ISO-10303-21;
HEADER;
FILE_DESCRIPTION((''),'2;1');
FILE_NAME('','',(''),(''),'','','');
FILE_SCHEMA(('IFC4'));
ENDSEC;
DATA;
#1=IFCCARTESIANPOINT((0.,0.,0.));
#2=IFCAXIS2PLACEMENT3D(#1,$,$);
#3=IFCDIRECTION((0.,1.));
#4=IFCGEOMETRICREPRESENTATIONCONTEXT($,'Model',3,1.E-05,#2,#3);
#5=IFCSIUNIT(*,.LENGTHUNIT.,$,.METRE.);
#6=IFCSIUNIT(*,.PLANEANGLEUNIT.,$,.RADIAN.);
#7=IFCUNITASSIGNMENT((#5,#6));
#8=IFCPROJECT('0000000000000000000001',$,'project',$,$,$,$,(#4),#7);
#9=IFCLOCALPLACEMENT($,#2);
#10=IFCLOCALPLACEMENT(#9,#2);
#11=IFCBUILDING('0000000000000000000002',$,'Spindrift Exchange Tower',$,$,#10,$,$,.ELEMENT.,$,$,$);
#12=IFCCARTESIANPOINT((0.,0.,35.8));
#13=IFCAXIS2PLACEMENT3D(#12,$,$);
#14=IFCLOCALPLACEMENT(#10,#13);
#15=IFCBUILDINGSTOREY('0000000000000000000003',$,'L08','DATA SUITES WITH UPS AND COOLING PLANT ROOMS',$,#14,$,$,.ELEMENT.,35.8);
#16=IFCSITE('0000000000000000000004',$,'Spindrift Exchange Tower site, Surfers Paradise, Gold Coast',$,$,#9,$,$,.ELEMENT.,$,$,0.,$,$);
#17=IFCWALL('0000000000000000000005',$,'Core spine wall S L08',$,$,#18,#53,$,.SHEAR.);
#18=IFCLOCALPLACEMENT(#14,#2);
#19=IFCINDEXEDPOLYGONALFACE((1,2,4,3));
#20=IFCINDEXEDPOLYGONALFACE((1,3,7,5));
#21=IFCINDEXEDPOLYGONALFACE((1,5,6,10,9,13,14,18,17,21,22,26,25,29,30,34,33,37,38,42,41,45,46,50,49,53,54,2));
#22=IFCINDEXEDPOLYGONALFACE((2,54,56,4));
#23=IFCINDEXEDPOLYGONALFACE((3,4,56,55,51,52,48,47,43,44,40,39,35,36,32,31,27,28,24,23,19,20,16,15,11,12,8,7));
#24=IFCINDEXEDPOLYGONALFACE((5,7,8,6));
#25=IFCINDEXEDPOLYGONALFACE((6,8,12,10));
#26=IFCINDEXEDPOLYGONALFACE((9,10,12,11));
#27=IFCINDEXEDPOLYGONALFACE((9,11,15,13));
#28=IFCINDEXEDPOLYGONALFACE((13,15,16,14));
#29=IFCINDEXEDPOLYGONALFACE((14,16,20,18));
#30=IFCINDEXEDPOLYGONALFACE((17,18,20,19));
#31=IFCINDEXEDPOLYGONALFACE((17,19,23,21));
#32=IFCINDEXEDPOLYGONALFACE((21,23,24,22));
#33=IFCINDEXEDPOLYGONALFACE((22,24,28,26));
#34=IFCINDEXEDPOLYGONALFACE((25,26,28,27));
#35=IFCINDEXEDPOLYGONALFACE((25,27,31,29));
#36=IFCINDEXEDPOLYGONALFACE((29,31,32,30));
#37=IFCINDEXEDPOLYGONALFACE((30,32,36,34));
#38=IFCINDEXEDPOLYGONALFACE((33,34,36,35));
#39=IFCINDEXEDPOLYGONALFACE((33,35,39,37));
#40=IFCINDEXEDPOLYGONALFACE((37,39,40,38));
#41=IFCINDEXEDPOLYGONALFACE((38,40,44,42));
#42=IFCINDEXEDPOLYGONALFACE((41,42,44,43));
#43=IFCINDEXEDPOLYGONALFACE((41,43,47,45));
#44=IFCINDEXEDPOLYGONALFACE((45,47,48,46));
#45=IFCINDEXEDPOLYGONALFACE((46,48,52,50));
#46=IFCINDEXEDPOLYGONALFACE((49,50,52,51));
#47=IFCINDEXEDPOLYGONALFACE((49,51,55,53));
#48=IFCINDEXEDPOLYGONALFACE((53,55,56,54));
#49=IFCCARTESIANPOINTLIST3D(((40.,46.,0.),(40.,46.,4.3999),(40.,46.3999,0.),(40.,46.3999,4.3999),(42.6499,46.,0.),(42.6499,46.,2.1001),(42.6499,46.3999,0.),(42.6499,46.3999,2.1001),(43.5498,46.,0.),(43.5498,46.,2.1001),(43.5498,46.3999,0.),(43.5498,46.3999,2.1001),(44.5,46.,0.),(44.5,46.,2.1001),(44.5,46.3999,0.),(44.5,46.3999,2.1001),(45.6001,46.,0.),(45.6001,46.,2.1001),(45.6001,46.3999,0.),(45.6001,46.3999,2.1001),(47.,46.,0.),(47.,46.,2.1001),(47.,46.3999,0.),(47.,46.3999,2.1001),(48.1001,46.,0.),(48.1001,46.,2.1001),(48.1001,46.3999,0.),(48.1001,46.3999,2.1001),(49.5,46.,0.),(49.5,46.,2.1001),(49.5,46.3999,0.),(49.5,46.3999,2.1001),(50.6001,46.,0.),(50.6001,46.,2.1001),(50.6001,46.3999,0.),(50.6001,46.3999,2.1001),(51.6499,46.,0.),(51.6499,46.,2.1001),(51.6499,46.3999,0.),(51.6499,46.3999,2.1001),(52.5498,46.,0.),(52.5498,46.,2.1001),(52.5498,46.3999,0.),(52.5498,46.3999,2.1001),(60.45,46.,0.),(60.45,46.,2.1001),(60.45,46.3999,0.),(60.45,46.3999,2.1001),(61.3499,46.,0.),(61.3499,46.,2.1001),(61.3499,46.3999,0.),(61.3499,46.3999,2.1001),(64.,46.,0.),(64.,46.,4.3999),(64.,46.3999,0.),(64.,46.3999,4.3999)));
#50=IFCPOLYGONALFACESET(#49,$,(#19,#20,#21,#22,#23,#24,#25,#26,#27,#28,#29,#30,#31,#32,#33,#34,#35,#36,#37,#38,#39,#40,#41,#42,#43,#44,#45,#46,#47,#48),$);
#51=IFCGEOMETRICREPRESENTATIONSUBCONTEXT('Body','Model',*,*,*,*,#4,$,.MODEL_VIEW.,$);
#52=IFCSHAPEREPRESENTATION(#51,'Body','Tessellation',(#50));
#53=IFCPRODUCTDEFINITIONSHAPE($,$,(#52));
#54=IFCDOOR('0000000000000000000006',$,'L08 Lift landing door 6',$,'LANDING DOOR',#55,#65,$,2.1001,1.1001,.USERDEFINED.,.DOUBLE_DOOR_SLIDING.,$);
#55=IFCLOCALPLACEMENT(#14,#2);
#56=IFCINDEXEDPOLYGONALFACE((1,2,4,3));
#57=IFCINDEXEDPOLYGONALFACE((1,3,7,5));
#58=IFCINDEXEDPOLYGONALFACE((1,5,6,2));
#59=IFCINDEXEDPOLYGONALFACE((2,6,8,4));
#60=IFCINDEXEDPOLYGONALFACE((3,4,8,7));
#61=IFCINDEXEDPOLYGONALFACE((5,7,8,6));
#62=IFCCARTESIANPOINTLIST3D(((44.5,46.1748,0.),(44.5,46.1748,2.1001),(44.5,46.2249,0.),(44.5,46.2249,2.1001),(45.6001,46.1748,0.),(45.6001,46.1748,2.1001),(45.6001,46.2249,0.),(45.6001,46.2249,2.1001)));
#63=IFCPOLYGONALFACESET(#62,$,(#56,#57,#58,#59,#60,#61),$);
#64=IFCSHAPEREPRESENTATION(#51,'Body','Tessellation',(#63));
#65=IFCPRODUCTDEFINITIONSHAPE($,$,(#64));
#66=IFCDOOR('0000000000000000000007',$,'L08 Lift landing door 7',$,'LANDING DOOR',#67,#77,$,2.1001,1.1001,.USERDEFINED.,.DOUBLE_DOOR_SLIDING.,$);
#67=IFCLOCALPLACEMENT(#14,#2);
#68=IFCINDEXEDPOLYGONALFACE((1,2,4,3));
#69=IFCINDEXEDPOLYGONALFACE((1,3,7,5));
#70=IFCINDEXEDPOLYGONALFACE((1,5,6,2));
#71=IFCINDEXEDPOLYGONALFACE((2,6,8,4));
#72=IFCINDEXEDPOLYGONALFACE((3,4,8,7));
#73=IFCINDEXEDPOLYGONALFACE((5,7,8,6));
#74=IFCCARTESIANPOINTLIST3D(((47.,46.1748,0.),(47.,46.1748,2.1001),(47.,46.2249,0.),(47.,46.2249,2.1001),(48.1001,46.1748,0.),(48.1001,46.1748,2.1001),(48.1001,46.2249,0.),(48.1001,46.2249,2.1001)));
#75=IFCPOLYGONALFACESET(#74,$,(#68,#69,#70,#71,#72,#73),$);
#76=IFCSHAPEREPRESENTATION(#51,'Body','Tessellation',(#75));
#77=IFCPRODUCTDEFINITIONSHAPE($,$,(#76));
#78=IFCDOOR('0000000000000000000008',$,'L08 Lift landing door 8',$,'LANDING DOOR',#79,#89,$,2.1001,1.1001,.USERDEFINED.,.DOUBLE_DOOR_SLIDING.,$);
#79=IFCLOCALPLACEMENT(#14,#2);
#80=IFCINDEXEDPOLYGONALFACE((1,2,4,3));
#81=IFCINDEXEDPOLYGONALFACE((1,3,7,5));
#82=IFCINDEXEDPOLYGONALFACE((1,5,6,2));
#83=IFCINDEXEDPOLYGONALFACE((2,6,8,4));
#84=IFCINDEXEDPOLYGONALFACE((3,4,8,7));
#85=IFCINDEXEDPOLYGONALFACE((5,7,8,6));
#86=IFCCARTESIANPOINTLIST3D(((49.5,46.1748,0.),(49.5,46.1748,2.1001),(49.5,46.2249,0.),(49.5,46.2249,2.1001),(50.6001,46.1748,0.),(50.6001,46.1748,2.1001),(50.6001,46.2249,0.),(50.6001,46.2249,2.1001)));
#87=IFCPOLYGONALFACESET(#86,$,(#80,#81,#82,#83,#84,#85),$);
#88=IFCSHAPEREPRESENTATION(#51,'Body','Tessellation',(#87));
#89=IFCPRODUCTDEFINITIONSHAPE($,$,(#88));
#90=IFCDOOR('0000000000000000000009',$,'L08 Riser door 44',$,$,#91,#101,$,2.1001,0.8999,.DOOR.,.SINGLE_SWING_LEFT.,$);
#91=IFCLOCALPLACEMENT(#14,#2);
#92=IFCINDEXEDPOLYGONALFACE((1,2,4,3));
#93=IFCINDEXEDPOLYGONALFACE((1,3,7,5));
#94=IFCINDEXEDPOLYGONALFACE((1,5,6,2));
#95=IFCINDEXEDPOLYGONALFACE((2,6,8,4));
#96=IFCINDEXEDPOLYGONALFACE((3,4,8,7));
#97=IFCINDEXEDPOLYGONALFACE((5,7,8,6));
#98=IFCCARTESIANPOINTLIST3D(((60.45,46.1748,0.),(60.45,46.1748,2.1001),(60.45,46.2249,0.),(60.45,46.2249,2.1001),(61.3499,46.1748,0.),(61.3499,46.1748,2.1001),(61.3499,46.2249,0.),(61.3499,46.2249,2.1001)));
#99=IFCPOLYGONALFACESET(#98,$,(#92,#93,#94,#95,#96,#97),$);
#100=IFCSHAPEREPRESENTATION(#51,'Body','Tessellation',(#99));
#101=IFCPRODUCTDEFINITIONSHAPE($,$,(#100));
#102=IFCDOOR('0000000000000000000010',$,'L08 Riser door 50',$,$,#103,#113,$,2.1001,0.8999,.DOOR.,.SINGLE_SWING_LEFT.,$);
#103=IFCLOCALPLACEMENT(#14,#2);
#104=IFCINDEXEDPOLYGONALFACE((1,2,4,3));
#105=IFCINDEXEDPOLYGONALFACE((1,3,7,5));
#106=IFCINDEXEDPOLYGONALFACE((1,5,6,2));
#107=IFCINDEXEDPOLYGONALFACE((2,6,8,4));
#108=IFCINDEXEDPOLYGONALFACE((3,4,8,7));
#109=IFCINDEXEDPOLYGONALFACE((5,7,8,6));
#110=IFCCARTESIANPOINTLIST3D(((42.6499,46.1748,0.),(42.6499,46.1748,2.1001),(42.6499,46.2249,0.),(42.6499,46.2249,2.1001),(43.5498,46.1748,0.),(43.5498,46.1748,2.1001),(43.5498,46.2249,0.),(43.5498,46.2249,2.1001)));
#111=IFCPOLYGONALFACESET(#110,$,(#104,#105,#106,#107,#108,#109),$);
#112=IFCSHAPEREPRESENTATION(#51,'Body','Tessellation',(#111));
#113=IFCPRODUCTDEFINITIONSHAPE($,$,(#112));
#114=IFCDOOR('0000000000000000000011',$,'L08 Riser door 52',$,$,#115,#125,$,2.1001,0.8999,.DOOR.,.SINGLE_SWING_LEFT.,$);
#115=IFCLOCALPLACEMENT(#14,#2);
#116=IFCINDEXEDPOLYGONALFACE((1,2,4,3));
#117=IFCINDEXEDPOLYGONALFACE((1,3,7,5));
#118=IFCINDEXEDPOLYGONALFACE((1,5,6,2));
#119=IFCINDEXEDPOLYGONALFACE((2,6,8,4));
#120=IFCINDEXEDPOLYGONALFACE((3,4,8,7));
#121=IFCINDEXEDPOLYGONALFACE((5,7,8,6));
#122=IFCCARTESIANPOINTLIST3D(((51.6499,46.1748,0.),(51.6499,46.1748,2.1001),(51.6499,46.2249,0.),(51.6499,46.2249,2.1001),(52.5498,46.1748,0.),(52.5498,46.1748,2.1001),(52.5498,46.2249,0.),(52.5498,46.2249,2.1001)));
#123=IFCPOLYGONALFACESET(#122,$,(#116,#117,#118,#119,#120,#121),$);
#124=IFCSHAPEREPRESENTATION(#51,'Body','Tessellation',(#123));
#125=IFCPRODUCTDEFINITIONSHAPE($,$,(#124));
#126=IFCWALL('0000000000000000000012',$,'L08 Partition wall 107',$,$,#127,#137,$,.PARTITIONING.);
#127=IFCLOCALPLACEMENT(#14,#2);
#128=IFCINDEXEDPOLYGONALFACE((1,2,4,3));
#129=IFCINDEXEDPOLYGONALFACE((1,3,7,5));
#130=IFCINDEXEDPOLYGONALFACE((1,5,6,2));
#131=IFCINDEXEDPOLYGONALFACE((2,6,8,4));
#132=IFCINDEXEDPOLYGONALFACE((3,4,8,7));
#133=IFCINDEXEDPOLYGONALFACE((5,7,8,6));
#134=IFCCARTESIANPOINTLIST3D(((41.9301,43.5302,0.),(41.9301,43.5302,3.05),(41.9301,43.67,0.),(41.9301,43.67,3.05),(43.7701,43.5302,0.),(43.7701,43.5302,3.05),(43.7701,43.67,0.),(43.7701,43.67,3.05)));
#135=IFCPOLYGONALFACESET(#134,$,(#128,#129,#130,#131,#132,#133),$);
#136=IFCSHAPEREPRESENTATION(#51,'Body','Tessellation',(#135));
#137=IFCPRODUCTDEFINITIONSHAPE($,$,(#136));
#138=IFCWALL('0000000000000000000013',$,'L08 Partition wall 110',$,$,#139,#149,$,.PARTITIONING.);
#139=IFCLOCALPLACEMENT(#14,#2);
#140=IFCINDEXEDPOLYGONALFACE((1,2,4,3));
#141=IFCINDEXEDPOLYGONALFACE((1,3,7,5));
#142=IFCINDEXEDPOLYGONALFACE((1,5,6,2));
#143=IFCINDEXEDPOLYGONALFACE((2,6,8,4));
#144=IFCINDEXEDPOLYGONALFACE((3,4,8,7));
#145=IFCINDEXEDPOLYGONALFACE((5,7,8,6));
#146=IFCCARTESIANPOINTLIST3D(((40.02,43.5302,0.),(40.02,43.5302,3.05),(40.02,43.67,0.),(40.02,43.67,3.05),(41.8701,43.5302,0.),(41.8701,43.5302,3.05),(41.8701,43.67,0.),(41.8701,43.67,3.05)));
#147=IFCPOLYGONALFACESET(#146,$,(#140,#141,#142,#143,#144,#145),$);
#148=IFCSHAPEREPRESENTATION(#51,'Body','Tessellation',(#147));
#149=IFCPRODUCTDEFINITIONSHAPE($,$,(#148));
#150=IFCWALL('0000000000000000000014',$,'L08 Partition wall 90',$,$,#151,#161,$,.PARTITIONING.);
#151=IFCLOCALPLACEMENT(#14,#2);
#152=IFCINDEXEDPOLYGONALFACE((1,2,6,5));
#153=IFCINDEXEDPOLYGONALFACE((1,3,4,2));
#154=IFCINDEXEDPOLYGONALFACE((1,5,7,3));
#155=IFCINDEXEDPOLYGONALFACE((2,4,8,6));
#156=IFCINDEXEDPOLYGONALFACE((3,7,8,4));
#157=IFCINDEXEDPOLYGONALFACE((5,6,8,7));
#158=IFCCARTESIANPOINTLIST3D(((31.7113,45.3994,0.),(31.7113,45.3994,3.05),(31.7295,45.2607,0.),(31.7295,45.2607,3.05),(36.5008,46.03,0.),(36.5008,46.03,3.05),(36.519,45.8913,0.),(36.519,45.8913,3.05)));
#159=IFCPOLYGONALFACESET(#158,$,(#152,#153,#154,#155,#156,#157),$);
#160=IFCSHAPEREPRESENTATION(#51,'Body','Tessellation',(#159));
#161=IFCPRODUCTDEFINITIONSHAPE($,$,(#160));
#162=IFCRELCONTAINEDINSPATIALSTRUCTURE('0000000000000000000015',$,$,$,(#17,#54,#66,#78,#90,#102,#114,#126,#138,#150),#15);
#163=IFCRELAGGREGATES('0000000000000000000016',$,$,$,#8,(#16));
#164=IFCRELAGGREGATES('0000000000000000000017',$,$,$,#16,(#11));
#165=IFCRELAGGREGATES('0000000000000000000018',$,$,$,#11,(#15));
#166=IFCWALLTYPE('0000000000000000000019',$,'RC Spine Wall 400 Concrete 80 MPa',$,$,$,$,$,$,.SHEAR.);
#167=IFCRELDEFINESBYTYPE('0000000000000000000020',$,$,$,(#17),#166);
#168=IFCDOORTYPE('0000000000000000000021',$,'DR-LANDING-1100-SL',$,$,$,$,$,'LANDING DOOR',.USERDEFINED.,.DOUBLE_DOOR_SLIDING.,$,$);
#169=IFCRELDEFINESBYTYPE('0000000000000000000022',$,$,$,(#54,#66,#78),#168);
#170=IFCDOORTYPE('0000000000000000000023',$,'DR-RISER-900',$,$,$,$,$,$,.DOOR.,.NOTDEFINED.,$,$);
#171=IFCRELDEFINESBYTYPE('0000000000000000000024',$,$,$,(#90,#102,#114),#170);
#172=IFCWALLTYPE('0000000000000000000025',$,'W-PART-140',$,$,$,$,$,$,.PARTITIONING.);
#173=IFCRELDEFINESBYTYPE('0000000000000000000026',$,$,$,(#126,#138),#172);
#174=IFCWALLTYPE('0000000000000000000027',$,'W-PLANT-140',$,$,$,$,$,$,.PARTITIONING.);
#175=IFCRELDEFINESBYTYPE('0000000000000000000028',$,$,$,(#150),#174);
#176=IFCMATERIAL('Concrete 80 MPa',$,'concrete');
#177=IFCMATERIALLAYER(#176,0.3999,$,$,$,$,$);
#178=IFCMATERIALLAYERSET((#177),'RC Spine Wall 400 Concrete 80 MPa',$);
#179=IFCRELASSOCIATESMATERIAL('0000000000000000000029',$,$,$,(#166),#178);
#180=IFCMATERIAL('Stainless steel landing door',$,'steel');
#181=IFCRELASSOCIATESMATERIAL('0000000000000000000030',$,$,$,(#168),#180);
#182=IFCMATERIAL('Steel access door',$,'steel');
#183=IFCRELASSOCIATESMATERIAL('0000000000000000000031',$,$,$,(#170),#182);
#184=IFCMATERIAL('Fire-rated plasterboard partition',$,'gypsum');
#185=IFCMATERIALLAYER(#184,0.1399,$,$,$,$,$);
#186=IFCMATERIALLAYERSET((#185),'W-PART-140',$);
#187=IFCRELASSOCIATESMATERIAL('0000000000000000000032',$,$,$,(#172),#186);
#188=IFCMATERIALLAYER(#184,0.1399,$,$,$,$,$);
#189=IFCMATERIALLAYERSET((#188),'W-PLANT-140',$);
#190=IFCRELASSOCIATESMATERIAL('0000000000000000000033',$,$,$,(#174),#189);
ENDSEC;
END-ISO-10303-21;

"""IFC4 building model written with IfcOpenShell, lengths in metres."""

from ifc_helpers import new_model, si_unit, direction, frame, frame_2d, origin, place, context, subcontext, project, spatial, rectangle, extrude, source, transform, mapped, material, layer, layer_set, type_object, element, fill, save


model = new_model("IFC4")

# Units and contexts
model_context = context("Model", 3, precision=1e-05, world=origin(), true_north=direction((0.0, 1.0)))
body_context = subcontext(model_context, "Body", "Model", "MODEL_VIEW")
ifc_project = project(units=[si_unit("LENGTHUNIT", "METRE"), si_unit("PLANEANGLEUNIT", "RADIAN")], contexts=[model_context])

# Site, building, storey
site_placement = place(None, origin())
site = spatial("IfcSite", under=ifc_project, at=site_placement, Name="Spindrift Exchange Tower site, Surfers Paradise, Gold Coast", CompositionType="ELEMENT", RefElevation=0.0)
building_placement = place(site_placement, origin())
building = spatial("IfcBuilding", under=site, at=building_placement, Name="Spindrift Exchange Tower", CompositionType="ELEMENT")
storey_placement = place(building_placement, frame((0.0, 0.0, 35.8)))
storey = spatial("IfcBuildingStorey", under=building, at=storey_placement, Name="L08", Description="DATA SUITES WITH UPS AND COOLING PLANT ROOMS", CompositionType="ELEMENT", Elevation=35.8)

# Wall, openings, doors
ifc_material_1 = material(Name="Concrete 80 MPa", Category="concrete")
ifc_layer_1 = layer(ifc_material_1, 0.3999)
ifc_layer_set_1 = layer_set([ifc_layer_1], Name="RC Spine Wall 400 Concrete 80 MPa")
wall_type_1 = type_object("IfcWallType", Name="RC Spine Wall 400 Concrete 80 MPa", PredefinedType="SHEAR", material=ifc_layer_set_1)
wall_1_placement = place(storey_placement, frame((40.0, 46.2, 0.0), z_axis=(0.0, 0.0, 1.0), x_axis=(1.0, 0.0, 0.0)))
wall_1 = element("IfcWall", 1, at=wall_1_placement, inside=storey, type_object=wall_type_1, Name="Core spine wall S L08", PredefinedType="SHEAR", context=body_context, shape_type="SweptSolid", body=[
    extrude(rectangle(XDim=24.0, YDim=0.3999, at=frame_2d((12.0, 0.0))), origin(), (0.0, 0.0, 1.0), 4.3999),
])
opening_1_placement = place(wall_1_placement, frame((4.5, 0.0, 0.0)))
opening_1 = element("IfcOpeningElement", 2, at=opening_1_placement, cuts=wall_1, PredefinedType="OPENING", context=body_context, shape_type="SweptSolid", body=[
    extrude(rectangle(XDim=1.1001, YDim=2.1001, at=frame_2d((0.55, 1.05))), frame((0.0, 0.21, 0.0), z_axis=(0.0, -1.0, 0.0), x_axis=(1.0, 0.0, 0.0)), (0.0, 0.0, 1.0), 0.4199),
])
opening_2_placement = place(wall_1_placement, frame((7.0, 0.0, 0.0)))
opening_2 = element("IfcOpeningElement", 3, at=opening_2_placement, cuts=wall_1, PredefinedType="OPENING", context=body_context, shape_type="SweptSolid", body=[
    extrude(rectangle(XDim=1.1001, YDim=2.1001, at=frame_2d((0.55, 1.05))), frame((0.0, 0.21, 0.0), z_axis=(0.0, -1.0, 0.0), x_axis=(1.0, 0.0, 0.0)), (0.0, 0.0, 1.0), 0.4199),
])
opening_3_placement = place(wall_1_placement, frame((9.5, 0.0, 0.0)))
opening_3 = element("IfcOpeningElement", 4, at=opening_3_placement, cuts=wall_1, PredefinedType="OPENING", context=body_context, shape_type="SweptSolid", body=[
    extrude(rectangle(XDim=1.1001, YDim=2.1001, at=frame_2d((0.55, 1.05))), frame((0.0, 0.21, 0.0), z_axis=(0.0, -1.0, 0.0), x_axis=(1.0, 0.0, 0.0)), (0.0, 0.0, 1.0), 0.4199),
])
opening_4_placement = place(wall_1_placement, frame((20.45, 0.0, 0.0)))
opening_4 = element("IfcOpeningElement", 5, at=opening_4_placement, cuts=wall_1, PredefinedType="OPENING", context=body_context, shape_type="SweptSolid", body=[
    extrude(rectangle(XDim=0.8999, YDim=2.1001, at=frame_2d((0.45, 1.05))), frame((0.0, 0.21, 0.0), z_axis=(0.0, -1.0, 0.0), x_axis=(1.0, 0.0, 0.0)), (0.0, 0.0, 1.0), 0.4199),
])
opening_5_placement = place(wall_1_placement, frame((2.6499, 0.0, 0.0)))
opening_5 = element("IfcOpeningElement", 6, at=opening_5_placement, cuts=wall_1, PredefinedType="OPENING", context=body_context, shape_type="SweptSolid", body=[
    extrude(rectangle(XDim=0.8999, YDim=2.1001, at=frame_2d((0.45, 1.05))), frame((0.0, 0.21, 0.0), z_axis=(0.0, -1.0, 0.0), x_axis=(1.0, 0.0, 0.0)), (0.0, 0.0, 1.0), 0.4199),
])
opening_6_placement = place(wall_1_placement, frame((11.6499, 0.0, 0.0)))
opening_6 = element("IfcOpeningElement", 7, at=opening_6_placement, cuts=wall_1, PredefinedType="OPENING", context=body_context, shape_type="SweptSolid", body=[
    extrude(rectangle(XDim=0.8999, YDim=2.1001, at=frame_2d((0.45, 1.05))), frame((0.0, 0.21, 0.0), z_axis=(0.0, -1.0, 0.0), x_axis=(1.0, 0.0, 0.0)), (0.0, 0.0, 1.0), 0.4199),
])
ifc_material_2 = material(Name="Stainless steel landing door", Category="steel")
door_type_1 = type_object("IfcDoorType", Name="DR-LANDING-1100-SL", ElementType="LANDING DOOR", OperationType="DOUBLE_DOOR_SLIDING", PredefinedType="USERDEFINED", material=ifc_material_2)
shared_shape_1 = source(origin(), body_context, "Body", "SweptSolid", [
    extrude(rectangle(XDim=1.1001, YDim=2.1001, at=frame_2d((0.55, 1.05))), frame((0.0, 0.0249, 0.0), z_axis=(0.0, -1.0, 0.0), x_axis=(1.0, 0.0, 0.0)), (0.0, 0.0, 1.0), 0.05),
])
door_1_placement = place(opening_1_placement, origin())
door_1 = element("IfcDoor", 8, at=door_1_placement, inside=storey, type_object=door_type_1, Name="L08 Lift landing door 6", ObjectType="LANDING DOOR", OperationType="DOUBLE_DOOR_SLIDING", OverallHeight=2.1001, OverallWidth=1.1001, PredefinedType="USERDEFINED", context=body_context, shape_type="MappedRepresentation", body=[
    mapped(shared_shape_1, transform((0.0, 0.0, 0.0), scale=1.0)),
])
fill(opening_1, door_1)
door_2_placement = place(opening_2_placement, origin())
door_2 = element("IfcDoor", 9, at=door_2_placement, inside=storey, type_object=door_type_1, Name="L08 Lift landing door 7", ObjectType="LANDING DOOR", OperationType="DOUBLE_DOOR_SLIDING", OverallHeight=2.1001, OverallWidth=1.1001, PredefinedType="USERDEFINED", context=body_context, shape_type="MappedRepresentation", body=[
    mapped(shared_shape_1, transform((0.0, 0.0, 0.0), scale=1.0)),
])
fill(opening_2, door_2)
door_3_placement = place(opening_3_placement, origin())
door_3 = element("IfcDoor", 10, at=door_3_placement, inside=storey, type_object=door_type_1, Name="L08 Lift landing door 8", ObjectType="LANDING DOOR", OperationType="DOUBLE_DOOR_SLIDING", OverallHeight=2.1001, OverallWidth=1.1001, PredefinedType="USERDEFINED", context=body_context, shape_type="MappedRepresentation", body=[
    mapped(shared_shape_1, transform((0.0, 0.0, 0.0), scale=1.0)),
])
fill(opening_3, door_3)
ifc_material_3 = material(Name="Steel access door", Category="steel")
door_type_2 = type_object("IfcDoorType", Name="DR-RISER-900", OperationType="NOTDEFINED", PredefinedType="DOOR", material=ifc_material_3)
shared_shape_2 = source(origin(), body_context, "Body", "SweptSolid", [
    extrude(rectangle(XDim=0.8999, YDim=2.1001, at=frame_2d((0.45, 1.05))), frame((0.0, 0.0249, 0.0), z_axis=(0.0, -1.0, 0.0), x_axis=(1.0, 0.0, 0.0)), (0.0, 0.0, 1.0), 0.05),
])
door_4_placement = place(opening_4_placement, origin())
door_4 = element("IfcDoor", 11, at=door_4_placement, inside=storey, type_object=door_type_2, Name="L08 Riser door 44", OperationType="SINGLE_SWING_LEFT", OverallHeight=2.1001, OverallWidth=0.8999, PredefinedType="DOOR", context=body_context, shape_type="MappedRepresentation", body=[
    mapped(shared_shape_2, transform((0.0, 0.0, 0.0), scale=1.0)),
])
fill(opening_4, door_4)
door_5_placement = place(opening_5_placement, origin())
door_5 = element("IfcDoor", 12, at=door_5_placement, inside=storey, type_object=door_type_2, Name="L08 Riser door 50", OperationType="SINGLE_SWING_LEFT", OverallHeight=2.1001, OverallWidth=0.8999, PredefinedType="DOOR", context=body_context, shape_type="MappedRepresentation", body=[
    mapped(shared_shape_2, transform((0.0, 0.0, 0.0), scale=1.0)),
])
fill(opening_5, door_5)
door_6_placement = place(opening_6_placement, origin())
door_6 = element("IfcDoor", 13, at=door_6_placement, inside=storey, type_object=door_type_2, Name="L08 Riser door 52", OperationType="SINGLE_SWING_LEFT", OverallHeight=2.1001, OverallWidth=0.8999, PredefinedType="DOOR", context=body_context, shape_type="MappedRepresentation", body=[
    mapped(shared_shape_2, transform((0.0, 0.0, 0.0), scale=1.0)),
])
fill(opening_6, door_6)

# Walls
ifc_material_4 = material(Name="Fire-rated plasterboard partition", Category="gypsum")
ifc_layer_2 = layer(ifc_material_4, 0.1399)
ifc_layer_set_2 = layer_set([ifc_layer_2], Name="W-PART-140")
wall_type_2 = type_object("IfcWallType", Name="W-PART-140", PredefinedType="PARTITIONING", material=ifc_layer_set_2)
wall_2_placement = place(storey_placement, frame((43.77, 43.6001, 0.0), z_axis=(0.0, 0.0, 1.0), x_axis=(-1.0, 0.0, 0.0)))
element("IfcWall", 14, at=wall_2_placement, inside=storey, type_object=wall_type_2, Name="L08 Partition wall 107", PredefinedType="PARTITIONING", context=body_context, shape_type="SweptSolid", body=[
    extrude(rectangle(XDim=1.8401, YDim=0.1399, at=frame_2d((0.9199, 0.0))), origin(), (0.0, 0.0, 1.0), 3.05),
])
wall_3_placement = place(storey_placement, frame((41.8701, 43.6001, 0.0), z_axis=(0.0, 0.0, 1.0), x_axis=(-1.0, 0.0, 0.0)))
element("IfcWall", 15, at=wall_3_placement, inside=storey, type_object=wall_type_2, Name="L08 Partition wall 110", PredefinedType="PARTITIONING", context=body_context, shape_type="SweptSolid", body=[
    extrude(rectangle(XDim=1.8501, YDim=0.1399, at=frame_2d((0.925, 0.0))), origin(), (0.0, 0.0, 1.0), 3.05),
])
ifc_layer_3 = layer(ifc_material_4, 0.1399)
ifc_layer_set_3 = layer_set([ifc_layer_3], Name="W-PLANT-140")
wall_type_3 = type_object("IfcWallType", Name="W-PLANT-140", PredefinedType="PARTITIONING", material=ifc_layer_set_3)
wall_4_placement = place(storey_placement, frame((36.51, 45.9607, 0.0), z_axis=(0.0, 0.0, 1.0), x_axis=(-0.991443, -0.130538, 0.0)))
element("IfcWall", 16, at=wall_4_placement, inside=storey, type_object=wall_type_3, Name="L08 Partition wall 90", PredefinedType="PARTITIONING", context=body_context, shape_type="SweptSolid", body=[
    extrude(rectangle(XDim=4.8308, YDim=0.1399, at=frame_2d((2.4155, 0.0))), origin(), (0.0, 0.0, 1.0), 3.05),
])

save(model, "model.ifc")
